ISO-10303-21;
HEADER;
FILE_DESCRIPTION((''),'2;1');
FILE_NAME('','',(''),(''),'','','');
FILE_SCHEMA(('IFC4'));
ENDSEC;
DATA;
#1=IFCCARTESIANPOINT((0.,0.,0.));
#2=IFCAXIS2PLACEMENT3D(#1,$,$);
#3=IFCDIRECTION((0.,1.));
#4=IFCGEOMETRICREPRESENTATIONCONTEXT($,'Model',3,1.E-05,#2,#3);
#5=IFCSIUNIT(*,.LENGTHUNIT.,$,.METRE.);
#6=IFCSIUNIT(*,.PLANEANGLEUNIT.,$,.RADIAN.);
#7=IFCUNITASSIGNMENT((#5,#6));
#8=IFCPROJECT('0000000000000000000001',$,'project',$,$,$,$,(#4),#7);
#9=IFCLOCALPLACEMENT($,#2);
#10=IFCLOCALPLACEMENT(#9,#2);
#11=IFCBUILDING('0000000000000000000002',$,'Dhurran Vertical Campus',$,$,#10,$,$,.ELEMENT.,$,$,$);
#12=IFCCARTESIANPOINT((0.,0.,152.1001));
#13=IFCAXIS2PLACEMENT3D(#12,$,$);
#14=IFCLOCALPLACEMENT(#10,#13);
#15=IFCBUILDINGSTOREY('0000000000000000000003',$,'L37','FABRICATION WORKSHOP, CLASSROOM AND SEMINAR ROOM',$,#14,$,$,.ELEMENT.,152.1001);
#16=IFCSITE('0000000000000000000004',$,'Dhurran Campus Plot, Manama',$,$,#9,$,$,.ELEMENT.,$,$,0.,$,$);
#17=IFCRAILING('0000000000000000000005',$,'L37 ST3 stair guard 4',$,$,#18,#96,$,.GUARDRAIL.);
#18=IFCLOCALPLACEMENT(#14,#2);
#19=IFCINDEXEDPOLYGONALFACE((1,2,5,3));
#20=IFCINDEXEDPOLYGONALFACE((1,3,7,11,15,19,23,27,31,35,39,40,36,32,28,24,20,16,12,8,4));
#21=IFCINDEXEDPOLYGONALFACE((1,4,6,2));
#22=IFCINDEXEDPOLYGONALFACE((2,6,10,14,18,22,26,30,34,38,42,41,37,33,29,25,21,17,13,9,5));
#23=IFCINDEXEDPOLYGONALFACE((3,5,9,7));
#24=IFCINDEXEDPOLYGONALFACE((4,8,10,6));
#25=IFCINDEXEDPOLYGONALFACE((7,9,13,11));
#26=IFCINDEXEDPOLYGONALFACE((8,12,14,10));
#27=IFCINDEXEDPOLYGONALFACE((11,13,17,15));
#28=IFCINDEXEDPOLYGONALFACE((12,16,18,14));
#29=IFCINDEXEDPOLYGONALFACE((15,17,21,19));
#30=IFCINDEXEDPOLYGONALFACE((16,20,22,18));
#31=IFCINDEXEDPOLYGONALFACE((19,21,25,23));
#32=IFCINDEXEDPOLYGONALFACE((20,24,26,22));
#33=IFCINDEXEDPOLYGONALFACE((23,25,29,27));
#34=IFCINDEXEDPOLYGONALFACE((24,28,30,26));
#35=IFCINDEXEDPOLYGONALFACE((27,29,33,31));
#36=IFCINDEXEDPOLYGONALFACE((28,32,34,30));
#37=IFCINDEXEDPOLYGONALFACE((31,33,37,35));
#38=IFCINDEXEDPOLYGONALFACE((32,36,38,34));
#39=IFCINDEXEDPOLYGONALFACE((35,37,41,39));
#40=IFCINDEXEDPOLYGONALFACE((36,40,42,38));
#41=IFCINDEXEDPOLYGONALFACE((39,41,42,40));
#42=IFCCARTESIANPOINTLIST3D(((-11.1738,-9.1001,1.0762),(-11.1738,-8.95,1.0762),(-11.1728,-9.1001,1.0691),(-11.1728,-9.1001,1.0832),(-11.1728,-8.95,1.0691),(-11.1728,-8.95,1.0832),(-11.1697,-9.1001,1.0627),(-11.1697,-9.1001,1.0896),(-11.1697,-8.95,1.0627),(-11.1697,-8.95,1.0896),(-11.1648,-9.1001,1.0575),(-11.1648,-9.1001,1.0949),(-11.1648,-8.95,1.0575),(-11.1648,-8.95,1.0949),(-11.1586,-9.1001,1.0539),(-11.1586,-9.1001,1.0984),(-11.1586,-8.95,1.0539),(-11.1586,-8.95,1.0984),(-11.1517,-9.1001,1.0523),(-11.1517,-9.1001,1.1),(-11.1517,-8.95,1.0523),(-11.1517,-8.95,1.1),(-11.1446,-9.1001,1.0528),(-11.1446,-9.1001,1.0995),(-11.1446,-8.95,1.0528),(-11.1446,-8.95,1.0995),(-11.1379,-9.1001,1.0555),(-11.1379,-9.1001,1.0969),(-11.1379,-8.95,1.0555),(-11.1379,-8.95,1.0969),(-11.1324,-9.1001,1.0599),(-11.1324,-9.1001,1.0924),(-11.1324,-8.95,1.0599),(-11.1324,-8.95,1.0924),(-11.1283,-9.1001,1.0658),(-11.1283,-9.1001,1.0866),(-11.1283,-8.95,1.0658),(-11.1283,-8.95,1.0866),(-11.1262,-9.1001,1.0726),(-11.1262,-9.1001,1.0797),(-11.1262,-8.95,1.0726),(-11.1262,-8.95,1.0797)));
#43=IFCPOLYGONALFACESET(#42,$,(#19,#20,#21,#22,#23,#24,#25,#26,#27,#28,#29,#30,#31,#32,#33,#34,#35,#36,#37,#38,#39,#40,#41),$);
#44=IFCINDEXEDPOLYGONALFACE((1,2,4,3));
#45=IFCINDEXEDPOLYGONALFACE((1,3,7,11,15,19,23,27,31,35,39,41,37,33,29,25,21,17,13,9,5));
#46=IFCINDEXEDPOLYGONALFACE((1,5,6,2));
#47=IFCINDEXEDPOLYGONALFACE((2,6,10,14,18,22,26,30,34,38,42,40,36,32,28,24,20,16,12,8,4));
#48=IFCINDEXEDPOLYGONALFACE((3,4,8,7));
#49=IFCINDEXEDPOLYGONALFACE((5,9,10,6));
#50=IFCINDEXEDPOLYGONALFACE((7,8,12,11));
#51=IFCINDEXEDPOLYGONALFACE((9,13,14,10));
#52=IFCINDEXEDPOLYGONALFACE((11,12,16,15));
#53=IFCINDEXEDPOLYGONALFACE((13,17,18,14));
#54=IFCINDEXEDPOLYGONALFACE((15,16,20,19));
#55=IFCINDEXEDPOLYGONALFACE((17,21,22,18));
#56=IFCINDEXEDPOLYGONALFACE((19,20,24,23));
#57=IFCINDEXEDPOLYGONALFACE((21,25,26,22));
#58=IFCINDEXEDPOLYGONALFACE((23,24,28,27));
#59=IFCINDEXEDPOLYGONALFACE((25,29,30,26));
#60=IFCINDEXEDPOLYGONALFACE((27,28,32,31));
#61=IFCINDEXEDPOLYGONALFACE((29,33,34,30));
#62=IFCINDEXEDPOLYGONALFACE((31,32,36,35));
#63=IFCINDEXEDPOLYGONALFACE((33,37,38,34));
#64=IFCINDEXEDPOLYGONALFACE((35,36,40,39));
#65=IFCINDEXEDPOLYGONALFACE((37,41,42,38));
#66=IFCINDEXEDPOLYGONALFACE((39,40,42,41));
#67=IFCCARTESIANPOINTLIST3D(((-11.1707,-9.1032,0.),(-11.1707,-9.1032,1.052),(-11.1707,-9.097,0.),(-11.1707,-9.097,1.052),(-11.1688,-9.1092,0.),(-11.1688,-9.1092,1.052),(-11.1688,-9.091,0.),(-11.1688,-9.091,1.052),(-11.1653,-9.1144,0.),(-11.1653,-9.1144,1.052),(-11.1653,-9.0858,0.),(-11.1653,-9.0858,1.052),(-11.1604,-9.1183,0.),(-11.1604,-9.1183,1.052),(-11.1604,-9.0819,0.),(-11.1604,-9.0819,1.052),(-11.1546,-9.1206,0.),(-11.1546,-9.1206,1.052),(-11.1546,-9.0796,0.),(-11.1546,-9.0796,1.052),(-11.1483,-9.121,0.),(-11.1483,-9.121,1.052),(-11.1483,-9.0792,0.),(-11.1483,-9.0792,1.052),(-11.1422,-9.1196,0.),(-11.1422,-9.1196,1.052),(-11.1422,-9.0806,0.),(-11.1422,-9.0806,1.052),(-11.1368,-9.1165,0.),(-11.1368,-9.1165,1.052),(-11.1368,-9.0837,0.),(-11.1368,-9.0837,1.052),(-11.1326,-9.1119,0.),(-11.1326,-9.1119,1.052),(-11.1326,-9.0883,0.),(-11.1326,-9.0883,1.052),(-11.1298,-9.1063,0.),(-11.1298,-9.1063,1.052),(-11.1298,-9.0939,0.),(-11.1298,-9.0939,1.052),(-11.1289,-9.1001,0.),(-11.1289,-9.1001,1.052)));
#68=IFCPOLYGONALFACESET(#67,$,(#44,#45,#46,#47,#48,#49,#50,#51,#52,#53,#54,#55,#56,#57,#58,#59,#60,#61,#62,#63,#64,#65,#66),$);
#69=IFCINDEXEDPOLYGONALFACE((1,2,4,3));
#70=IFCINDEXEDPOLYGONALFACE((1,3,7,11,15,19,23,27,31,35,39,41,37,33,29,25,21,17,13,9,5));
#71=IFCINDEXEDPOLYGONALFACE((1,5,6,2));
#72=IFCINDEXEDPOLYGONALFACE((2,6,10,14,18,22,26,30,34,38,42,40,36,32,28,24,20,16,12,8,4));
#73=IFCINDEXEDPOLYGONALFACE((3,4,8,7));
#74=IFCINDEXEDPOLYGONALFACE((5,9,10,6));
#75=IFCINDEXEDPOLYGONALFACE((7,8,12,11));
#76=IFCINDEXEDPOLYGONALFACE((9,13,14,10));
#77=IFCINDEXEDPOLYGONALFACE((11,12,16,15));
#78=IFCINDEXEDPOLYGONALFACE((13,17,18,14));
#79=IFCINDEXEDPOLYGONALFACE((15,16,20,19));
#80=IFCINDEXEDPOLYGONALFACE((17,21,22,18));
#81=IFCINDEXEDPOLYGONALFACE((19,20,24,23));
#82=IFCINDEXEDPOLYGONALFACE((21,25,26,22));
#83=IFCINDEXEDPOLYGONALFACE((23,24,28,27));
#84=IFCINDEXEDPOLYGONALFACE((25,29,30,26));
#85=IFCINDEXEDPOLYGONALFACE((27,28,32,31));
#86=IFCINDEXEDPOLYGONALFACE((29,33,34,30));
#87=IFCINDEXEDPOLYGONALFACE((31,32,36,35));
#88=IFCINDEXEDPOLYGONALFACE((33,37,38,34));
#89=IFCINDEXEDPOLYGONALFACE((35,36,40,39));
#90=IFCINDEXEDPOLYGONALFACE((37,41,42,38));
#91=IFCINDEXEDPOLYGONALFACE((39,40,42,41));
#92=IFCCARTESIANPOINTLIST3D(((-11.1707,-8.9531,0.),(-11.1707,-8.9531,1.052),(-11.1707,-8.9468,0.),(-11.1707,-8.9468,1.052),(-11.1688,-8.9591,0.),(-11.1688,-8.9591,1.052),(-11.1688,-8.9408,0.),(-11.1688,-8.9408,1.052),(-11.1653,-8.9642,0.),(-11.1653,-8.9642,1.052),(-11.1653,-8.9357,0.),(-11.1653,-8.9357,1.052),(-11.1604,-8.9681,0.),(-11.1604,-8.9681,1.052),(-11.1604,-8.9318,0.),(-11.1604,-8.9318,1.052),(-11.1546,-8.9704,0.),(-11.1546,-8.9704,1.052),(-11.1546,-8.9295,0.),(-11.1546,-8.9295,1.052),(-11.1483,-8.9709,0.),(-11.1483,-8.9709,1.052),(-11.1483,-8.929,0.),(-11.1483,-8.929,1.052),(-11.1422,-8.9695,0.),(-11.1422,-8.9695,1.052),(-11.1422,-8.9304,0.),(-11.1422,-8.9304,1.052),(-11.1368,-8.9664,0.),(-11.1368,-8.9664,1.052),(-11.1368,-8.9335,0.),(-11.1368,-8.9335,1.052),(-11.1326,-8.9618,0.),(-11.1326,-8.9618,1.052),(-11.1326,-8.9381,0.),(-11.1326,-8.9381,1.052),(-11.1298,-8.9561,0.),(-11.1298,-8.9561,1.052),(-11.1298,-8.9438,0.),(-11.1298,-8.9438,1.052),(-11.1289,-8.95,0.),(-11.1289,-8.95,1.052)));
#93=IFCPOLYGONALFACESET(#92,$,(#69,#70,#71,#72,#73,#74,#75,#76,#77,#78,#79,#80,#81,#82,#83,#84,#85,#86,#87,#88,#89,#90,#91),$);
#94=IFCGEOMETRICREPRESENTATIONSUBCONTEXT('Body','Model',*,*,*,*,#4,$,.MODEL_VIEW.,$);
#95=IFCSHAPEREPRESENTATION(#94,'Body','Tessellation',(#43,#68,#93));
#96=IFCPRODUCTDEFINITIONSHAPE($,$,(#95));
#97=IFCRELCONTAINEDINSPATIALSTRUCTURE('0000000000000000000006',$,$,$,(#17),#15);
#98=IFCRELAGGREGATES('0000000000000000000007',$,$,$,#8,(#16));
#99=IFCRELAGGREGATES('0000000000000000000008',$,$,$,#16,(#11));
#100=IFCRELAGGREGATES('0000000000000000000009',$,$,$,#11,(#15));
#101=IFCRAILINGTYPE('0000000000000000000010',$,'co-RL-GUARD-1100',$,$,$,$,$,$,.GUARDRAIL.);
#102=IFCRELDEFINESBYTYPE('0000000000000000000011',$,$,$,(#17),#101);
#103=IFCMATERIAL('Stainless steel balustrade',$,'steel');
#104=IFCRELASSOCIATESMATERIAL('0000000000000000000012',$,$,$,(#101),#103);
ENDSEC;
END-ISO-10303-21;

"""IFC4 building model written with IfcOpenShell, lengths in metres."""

from ifc_helpers import new_model, si_unit, direction, frame, origin, origin_2d, place, context, subcontext, project, spatial, circle, extrude, material, type_object, element, save


model = new_model("IFC4")

# Units and contexts
model_context = context("Model", 3, precision=1e-05, world=origin(), true_north=direction((0.0, 1.0)))
body_context = subcontext(model_context, "Body", "Model", "MODEL_VIEW")
ifc_project = project(units=[si_unit("LENGTHUNIT", "METRE"), si_unit("PLANEANGLEUNIT", "RADIAN")], contexts=[model_context])

# Site, building, storey
site_placement = place(None, origin())
site = spatial("IfcSite", under=ifc_project, at=site_placement, Name="Dhurran Campus Plot, Manama", CompositionType="ELEMENT", RefElevation=0.0)
building_placement = place(site_placement, origin())
building = spatial("IfcBuilding", under=site, at=building_placement, Name="Dhurran Vertical Campus", CompositionType="ELEMENT")
storey_placement = place(building_placement, frame((0.0, 0.0, 152.1001)))
storey = spatial("IfcBuildingStorey", under=building, at=storey_placement, Name="L37", Description="FABRICATION WORKSHOP, CLASSROOM AND SEMINAR ROOM", CompositionType="ELEMENT", Elevation=152.1001)

# Railing
ifc_material_1 = material(Name="Stainless steel balustrade", Category="steel")
railing_type_1 = type_object("IfcRailingType", Name="co-RL-GUARD-1100", PredefinedType="GUARDRAIL", material=ifc_material_1)
railing_1_placement = place(storey_placement, frame((-11.1499, -9.1001, 0.0)))
element("IfcRailing", 1, at=railing_1_placement, inside=storey, type_object=railing_type_1, Name="L37 ST3 stair guard 4", PredefinedType="GUARDRAIL", context=body_context, shape_type="SweptSolid", body=[
    extrude(circle(Radius=0.0239, at=origin_2d()), frame((0.0, 0.0, 1.0762), z_axis=(0.0, 1.0, 0.0), x_axis=(-1.0, 0.0, 0.0)), (0.0, 0.0, 1.0), 0.1501),
    extrude(circle(Radius=0.021, at=origin_2d()), origin(), (0.0, 0.0, 1.0), 1.052),
    extrude(circle(Radius=0.021, at=origin_2d()), frame((0.0, 0.1501, 0.0)), (0.0, 0.0, 1.0), 1.052),
])

save(model, "model.ifc")
